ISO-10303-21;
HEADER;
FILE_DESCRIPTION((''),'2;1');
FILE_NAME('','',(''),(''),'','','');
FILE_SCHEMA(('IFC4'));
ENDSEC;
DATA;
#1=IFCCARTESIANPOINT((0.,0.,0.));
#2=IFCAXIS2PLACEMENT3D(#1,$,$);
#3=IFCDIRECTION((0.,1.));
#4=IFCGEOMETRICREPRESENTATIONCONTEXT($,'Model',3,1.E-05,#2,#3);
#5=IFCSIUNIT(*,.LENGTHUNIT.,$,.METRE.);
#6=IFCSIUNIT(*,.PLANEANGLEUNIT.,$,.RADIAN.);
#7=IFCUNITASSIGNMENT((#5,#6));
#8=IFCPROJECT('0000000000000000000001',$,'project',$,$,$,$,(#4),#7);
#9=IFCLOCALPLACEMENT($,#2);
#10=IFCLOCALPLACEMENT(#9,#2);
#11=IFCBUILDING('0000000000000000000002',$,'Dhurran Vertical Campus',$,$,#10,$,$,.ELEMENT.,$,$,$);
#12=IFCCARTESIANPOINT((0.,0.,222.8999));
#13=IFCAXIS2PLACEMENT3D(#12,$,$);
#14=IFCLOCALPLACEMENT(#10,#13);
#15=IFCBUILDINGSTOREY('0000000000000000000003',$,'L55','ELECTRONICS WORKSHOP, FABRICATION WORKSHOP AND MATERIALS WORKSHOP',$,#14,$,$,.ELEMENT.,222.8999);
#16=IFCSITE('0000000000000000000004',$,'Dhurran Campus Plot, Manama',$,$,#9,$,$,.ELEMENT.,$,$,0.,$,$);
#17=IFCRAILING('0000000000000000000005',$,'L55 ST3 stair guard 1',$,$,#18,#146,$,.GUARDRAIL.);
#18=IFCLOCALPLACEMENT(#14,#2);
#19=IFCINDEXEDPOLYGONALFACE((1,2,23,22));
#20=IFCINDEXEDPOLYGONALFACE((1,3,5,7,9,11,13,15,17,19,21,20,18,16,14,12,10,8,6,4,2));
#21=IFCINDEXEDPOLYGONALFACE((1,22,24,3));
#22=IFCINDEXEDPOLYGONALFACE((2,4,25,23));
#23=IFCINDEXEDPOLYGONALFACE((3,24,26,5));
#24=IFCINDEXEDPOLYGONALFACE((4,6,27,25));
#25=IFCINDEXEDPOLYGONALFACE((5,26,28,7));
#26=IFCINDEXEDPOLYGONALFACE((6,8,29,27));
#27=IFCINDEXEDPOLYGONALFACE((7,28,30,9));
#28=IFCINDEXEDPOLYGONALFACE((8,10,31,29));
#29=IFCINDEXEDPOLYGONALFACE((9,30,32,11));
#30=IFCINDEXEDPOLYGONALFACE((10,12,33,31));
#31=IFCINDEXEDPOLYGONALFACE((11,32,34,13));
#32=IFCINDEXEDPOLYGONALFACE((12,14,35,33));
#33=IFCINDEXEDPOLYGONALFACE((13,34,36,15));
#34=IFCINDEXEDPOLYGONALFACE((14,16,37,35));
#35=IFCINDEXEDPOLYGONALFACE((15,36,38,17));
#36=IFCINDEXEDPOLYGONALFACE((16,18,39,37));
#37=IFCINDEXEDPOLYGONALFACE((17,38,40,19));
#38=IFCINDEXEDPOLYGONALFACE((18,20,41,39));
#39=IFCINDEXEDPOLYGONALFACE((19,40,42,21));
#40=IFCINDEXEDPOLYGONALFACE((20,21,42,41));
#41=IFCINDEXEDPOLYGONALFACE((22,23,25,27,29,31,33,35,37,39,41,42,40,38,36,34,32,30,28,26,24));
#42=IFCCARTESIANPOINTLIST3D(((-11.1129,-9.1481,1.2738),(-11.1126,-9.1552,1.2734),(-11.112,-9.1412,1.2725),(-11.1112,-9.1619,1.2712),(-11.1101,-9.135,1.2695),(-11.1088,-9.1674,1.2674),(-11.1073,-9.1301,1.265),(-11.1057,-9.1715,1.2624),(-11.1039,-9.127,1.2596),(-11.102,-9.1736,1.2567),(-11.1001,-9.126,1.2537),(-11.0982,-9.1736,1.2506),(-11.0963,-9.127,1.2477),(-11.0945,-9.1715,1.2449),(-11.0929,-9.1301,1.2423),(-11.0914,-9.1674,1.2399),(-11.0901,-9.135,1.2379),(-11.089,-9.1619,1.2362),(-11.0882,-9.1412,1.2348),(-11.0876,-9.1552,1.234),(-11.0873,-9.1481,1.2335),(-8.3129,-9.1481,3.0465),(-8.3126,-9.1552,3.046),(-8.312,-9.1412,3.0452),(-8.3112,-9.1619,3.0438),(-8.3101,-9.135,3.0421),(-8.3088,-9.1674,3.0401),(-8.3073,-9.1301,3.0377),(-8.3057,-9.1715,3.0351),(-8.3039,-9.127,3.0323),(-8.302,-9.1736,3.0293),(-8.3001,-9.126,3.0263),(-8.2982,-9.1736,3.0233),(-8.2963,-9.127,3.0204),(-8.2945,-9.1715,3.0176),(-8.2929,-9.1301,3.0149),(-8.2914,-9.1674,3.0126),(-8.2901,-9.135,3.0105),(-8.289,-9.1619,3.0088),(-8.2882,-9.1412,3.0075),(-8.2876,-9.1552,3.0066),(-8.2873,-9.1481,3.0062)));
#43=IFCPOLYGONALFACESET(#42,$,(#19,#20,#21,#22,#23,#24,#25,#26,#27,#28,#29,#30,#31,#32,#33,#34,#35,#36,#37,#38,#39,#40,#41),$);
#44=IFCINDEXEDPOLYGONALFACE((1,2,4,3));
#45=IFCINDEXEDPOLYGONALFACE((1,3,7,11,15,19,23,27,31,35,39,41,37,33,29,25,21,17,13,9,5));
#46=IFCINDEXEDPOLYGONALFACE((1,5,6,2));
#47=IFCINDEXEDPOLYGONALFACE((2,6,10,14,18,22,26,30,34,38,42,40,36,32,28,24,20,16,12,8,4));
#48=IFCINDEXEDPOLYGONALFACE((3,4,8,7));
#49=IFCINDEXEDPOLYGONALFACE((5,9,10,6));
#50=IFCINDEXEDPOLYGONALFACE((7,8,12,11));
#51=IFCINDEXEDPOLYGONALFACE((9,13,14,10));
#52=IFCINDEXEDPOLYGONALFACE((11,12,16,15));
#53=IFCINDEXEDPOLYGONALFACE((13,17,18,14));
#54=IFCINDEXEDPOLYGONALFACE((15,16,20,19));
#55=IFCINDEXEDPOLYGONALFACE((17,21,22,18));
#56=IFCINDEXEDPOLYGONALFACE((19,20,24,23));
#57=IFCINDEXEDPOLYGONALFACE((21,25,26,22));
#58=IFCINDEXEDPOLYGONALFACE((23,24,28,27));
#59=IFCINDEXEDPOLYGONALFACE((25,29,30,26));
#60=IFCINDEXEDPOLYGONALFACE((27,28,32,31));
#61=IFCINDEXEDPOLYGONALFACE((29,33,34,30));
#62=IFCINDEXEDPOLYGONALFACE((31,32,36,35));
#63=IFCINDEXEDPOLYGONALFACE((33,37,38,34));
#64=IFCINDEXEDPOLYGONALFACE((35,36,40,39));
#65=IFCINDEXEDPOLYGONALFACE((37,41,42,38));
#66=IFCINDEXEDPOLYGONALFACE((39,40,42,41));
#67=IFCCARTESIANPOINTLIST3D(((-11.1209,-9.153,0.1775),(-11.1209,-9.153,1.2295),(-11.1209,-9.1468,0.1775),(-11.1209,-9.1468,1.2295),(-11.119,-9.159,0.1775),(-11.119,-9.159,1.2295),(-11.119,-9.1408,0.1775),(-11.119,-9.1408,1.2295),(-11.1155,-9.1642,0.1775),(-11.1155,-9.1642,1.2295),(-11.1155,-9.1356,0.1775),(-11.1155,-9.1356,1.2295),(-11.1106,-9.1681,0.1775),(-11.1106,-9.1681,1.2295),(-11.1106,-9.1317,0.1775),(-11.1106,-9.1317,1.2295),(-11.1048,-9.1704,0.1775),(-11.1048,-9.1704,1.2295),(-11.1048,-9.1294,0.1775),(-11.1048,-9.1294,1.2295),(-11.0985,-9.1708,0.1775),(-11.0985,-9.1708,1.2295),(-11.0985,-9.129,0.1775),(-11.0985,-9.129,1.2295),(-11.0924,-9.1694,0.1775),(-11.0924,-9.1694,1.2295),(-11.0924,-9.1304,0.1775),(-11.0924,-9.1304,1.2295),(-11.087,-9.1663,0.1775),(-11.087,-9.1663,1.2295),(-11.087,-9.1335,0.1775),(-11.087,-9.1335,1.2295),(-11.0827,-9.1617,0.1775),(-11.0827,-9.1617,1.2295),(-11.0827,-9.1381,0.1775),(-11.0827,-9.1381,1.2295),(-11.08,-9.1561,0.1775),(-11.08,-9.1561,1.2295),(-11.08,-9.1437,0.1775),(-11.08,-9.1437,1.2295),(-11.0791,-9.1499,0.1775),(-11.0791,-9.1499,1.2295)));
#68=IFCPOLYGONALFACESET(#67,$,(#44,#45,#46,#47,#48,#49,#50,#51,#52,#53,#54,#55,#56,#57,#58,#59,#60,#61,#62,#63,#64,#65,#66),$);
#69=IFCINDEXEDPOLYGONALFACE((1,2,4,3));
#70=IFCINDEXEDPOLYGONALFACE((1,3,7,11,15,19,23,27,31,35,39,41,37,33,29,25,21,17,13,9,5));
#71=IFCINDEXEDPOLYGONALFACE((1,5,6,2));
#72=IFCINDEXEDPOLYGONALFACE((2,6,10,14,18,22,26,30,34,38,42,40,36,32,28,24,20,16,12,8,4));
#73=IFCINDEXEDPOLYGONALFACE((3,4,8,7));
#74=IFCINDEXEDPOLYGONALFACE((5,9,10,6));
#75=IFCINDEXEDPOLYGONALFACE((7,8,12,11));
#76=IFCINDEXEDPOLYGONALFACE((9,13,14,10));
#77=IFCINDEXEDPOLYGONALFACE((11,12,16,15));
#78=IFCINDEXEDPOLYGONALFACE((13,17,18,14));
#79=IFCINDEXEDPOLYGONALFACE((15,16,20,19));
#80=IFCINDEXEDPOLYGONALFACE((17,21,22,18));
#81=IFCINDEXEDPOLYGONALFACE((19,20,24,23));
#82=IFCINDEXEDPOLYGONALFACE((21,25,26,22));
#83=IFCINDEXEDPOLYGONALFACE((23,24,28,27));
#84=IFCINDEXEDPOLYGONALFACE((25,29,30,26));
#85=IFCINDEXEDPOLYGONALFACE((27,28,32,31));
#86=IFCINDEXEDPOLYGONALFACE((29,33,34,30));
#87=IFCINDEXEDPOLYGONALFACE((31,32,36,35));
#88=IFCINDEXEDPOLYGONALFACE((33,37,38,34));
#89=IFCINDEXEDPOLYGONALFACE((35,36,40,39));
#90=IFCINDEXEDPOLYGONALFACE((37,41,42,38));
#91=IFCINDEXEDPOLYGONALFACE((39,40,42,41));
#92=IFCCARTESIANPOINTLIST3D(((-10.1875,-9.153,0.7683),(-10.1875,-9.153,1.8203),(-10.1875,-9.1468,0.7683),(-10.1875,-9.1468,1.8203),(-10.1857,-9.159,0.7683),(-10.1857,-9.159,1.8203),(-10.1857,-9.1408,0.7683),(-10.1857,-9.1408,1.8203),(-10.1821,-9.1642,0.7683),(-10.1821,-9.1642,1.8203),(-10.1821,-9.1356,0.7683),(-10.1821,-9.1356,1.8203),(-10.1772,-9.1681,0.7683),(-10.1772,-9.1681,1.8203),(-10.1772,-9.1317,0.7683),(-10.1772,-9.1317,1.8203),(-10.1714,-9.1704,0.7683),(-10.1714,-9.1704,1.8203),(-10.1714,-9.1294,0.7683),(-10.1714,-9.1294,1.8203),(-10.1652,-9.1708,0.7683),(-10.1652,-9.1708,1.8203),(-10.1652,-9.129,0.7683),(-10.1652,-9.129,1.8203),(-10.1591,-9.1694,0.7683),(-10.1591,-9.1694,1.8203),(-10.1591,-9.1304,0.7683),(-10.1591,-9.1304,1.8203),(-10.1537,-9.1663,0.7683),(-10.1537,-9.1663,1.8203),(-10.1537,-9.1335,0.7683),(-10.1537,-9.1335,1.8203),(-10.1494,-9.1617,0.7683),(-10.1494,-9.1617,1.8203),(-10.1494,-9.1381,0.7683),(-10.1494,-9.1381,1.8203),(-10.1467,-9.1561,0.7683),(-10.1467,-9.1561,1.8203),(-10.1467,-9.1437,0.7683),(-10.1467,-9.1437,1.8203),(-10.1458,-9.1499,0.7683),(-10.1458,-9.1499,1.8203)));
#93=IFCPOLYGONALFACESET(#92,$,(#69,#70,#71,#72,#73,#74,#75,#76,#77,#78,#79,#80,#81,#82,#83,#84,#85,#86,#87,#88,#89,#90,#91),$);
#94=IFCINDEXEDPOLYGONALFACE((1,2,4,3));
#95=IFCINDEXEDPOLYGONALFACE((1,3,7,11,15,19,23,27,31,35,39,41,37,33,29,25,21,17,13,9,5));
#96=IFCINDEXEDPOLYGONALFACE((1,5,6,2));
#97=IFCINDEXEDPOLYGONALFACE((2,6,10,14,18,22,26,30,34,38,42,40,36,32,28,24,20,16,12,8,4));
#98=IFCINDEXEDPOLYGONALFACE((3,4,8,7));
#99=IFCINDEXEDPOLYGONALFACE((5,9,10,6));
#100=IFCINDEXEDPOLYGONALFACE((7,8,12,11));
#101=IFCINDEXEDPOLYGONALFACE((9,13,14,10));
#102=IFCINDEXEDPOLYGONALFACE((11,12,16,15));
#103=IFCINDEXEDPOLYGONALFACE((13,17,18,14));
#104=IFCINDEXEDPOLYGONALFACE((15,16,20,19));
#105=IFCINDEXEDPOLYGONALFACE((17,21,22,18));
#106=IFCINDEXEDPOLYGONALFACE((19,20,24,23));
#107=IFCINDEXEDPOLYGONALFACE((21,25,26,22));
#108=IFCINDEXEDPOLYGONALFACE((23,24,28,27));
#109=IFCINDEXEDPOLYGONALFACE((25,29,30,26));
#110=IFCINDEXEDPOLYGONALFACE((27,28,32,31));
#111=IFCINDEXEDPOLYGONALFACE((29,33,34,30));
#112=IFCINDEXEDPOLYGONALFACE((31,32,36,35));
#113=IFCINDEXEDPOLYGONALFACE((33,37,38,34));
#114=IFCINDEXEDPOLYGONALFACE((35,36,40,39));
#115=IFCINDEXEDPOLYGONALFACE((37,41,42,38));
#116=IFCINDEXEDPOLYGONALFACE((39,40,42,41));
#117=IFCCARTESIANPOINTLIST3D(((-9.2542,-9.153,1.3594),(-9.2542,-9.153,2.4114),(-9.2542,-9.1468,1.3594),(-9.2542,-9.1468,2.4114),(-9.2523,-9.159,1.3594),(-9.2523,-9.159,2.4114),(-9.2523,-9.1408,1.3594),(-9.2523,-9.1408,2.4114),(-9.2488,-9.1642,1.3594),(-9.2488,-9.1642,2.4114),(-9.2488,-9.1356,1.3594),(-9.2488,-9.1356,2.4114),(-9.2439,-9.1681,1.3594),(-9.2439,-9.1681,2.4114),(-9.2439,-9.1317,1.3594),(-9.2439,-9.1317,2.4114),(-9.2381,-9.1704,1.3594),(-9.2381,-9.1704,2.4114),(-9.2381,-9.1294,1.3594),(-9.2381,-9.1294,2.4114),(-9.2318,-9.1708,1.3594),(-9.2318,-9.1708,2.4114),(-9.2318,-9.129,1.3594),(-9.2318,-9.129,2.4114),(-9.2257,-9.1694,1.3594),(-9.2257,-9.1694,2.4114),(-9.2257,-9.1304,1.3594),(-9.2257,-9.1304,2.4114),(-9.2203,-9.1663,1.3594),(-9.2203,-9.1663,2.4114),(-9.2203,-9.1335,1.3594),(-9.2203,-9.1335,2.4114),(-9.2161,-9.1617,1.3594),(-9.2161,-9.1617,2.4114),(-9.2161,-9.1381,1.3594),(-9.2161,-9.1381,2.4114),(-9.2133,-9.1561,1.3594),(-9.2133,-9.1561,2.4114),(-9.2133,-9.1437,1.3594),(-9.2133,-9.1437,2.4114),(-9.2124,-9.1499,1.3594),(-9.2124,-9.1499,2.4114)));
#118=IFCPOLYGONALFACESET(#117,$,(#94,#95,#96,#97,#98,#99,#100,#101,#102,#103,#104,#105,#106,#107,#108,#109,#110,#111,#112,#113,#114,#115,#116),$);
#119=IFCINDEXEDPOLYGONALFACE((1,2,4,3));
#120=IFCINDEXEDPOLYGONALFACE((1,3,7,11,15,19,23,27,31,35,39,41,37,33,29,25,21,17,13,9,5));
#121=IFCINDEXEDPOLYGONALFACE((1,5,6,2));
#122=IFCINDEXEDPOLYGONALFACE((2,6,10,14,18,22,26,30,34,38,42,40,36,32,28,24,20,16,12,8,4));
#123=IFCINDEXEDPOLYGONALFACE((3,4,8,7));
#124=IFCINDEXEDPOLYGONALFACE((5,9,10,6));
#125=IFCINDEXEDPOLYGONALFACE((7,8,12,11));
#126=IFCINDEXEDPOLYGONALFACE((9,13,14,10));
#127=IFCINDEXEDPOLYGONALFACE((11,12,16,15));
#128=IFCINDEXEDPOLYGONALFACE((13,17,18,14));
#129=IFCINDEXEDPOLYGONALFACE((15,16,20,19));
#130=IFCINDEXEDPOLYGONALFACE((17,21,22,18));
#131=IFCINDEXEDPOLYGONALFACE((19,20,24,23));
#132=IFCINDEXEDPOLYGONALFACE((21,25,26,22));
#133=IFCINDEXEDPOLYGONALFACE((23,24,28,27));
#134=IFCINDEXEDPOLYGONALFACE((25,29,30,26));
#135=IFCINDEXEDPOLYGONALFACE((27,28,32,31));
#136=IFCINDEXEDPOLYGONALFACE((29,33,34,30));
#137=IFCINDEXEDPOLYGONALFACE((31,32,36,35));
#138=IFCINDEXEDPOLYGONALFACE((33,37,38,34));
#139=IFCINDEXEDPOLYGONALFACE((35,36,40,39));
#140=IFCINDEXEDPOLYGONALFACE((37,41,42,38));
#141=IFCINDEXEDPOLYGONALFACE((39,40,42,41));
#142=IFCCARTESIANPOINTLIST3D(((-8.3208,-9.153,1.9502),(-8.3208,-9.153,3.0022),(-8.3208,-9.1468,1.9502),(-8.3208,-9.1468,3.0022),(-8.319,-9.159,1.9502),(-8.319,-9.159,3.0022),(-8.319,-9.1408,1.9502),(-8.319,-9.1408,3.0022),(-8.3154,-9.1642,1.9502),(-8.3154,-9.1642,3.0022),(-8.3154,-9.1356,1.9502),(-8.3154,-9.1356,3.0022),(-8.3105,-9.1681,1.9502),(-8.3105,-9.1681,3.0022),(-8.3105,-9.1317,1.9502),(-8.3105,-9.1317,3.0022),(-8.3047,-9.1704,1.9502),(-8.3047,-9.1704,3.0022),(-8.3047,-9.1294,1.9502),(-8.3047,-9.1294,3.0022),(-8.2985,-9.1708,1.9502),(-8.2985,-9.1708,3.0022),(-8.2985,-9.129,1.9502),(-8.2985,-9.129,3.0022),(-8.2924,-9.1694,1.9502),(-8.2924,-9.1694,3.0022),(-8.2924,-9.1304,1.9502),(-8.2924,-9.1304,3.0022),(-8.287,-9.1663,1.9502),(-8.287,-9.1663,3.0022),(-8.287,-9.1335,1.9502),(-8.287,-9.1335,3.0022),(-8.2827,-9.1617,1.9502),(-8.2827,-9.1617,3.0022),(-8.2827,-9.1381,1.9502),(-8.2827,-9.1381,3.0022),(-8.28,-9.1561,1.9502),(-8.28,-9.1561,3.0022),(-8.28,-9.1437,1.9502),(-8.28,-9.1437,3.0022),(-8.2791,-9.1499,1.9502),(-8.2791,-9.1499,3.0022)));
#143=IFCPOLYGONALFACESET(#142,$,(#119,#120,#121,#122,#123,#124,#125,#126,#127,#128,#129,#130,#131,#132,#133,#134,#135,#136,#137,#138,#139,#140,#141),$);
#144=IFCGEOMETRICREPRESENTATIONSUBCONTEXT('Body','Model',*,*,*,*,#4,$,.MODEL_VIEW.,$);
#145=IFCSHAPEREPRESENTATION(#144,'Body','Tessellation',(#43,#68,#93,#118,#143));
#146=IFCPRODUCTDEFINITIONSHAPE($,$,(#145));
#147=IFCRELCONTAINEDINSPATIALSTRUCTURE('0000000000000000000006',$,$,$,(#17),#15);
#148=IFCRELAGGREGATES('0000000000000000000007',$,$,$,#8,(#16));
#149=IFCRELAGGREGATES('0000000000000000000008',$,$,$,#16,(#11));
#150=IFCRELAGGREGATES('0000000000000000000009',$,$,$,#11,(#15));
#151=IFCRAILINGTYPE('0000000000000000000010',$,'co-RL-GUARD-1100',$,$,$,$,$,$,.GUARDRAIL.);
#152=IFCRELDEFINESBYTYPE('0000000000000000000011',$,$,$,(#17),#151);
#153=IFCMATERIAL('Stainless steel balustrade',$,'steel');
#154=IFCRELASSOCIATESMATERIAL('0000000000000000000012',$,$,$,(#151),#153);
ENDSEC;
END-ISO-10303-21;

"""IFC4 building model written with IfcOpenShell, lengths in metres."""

from ifc_helpers import new_model, si_unit, direction, frame, origin, origin_2d, place, context, subcontext, project, spatial, circle, extrude, material, type_object, element, save


model = new_model("IFC4")

# Units and contexts
model_context = context("Model", 3, precision=1e-05, world=origin(), true_north=direction((0.0, 1.0)))
body_context = subcontext(model_context, "Body", "Model", "MODEL_VIEW")
ifc_project = project(units=[si_unit("LENGTHUNIT", "METRE"), si_unit("PLANEANGLEUNIT", "RADIAN")], contexts=[model_context])

# Site, building, storey
site_placement = place(None, origin())
site = spatial("IfcSite", under=ifc_project, at=site_placement, Name="Dhurran Campus Plot, Manama", CompositionType="ELEMENT", RefElevation=0.0)
building_placement = place(site_placement, origin())
building = spatial("IfcBuilding", under=site, at=building_placement, Name="Dhurran Vertical Campus", CompositionType="ELEMENT")
storey_placement = place(building_placement, frame((0.0, 0.0, 222.8999)))
storey = spatial("IfcBuildingStorey", under=building, at=storey_placement, Name="L55", Description="ELECTRONICS WORKSHOP, FABRICATION WORKSHOP AND MATERIALS WORKSHOP", CompositionType="ELEMENT", Elevation=222.8999)

# Railing
ifc_material_1 = material(Name="Stainless steel balustrade", Category="steel")
railing_type_1 = type_object("IfcRailingType", Name="co-RL-GUARD-1100", PredefinedType="GUARDRAIL", material=ifc_material_1)
railing_1_placement = place(storey_placement, frame((-11.1001, -9.1499, 0.1775)))
element("IfcRailing", 1, at=railing_1_placement, inside=storey, type_object=railing_type_1, Name="L55 ST3 stair guard 1", PredefinedType="GUARDRAIL", context=body_context, shape_type="SweptSolid", body=[
    extrude(circle(Radius=0.0239, at=origin_2d()), frame((0.0, 0.0, 1.0762), z_axis=(0.844909, 0.0, 0.53491), x_axis=(0.0, 1.0, 0.0)), (0.0, 0.0, 1.0), 3.314),
    extrude(circle(Radius=0.021, at=origin_2d()), origin(), (0.0, 0.0, 1.0), 1.052),
    extrude(circle(Radius=0.021, at=origin_2d()), frame((0.9333, 0.0, 0.5908)), (0.0, 0.0, 1.0), 1.052),
    extrude(circle(Radius=0.021, at=origin_2d()), frame((1.8667, 0.0, 1.1819)), (0.0, 0.0, 1.0), 1.052),
    extrude(circle(Radius=0.021, at=origin_2d()), frame((2.8, 0.0, 1.7727)), (0.0, 0.0, 1.0), 1.052),
])

save(model, "model.ifc")
